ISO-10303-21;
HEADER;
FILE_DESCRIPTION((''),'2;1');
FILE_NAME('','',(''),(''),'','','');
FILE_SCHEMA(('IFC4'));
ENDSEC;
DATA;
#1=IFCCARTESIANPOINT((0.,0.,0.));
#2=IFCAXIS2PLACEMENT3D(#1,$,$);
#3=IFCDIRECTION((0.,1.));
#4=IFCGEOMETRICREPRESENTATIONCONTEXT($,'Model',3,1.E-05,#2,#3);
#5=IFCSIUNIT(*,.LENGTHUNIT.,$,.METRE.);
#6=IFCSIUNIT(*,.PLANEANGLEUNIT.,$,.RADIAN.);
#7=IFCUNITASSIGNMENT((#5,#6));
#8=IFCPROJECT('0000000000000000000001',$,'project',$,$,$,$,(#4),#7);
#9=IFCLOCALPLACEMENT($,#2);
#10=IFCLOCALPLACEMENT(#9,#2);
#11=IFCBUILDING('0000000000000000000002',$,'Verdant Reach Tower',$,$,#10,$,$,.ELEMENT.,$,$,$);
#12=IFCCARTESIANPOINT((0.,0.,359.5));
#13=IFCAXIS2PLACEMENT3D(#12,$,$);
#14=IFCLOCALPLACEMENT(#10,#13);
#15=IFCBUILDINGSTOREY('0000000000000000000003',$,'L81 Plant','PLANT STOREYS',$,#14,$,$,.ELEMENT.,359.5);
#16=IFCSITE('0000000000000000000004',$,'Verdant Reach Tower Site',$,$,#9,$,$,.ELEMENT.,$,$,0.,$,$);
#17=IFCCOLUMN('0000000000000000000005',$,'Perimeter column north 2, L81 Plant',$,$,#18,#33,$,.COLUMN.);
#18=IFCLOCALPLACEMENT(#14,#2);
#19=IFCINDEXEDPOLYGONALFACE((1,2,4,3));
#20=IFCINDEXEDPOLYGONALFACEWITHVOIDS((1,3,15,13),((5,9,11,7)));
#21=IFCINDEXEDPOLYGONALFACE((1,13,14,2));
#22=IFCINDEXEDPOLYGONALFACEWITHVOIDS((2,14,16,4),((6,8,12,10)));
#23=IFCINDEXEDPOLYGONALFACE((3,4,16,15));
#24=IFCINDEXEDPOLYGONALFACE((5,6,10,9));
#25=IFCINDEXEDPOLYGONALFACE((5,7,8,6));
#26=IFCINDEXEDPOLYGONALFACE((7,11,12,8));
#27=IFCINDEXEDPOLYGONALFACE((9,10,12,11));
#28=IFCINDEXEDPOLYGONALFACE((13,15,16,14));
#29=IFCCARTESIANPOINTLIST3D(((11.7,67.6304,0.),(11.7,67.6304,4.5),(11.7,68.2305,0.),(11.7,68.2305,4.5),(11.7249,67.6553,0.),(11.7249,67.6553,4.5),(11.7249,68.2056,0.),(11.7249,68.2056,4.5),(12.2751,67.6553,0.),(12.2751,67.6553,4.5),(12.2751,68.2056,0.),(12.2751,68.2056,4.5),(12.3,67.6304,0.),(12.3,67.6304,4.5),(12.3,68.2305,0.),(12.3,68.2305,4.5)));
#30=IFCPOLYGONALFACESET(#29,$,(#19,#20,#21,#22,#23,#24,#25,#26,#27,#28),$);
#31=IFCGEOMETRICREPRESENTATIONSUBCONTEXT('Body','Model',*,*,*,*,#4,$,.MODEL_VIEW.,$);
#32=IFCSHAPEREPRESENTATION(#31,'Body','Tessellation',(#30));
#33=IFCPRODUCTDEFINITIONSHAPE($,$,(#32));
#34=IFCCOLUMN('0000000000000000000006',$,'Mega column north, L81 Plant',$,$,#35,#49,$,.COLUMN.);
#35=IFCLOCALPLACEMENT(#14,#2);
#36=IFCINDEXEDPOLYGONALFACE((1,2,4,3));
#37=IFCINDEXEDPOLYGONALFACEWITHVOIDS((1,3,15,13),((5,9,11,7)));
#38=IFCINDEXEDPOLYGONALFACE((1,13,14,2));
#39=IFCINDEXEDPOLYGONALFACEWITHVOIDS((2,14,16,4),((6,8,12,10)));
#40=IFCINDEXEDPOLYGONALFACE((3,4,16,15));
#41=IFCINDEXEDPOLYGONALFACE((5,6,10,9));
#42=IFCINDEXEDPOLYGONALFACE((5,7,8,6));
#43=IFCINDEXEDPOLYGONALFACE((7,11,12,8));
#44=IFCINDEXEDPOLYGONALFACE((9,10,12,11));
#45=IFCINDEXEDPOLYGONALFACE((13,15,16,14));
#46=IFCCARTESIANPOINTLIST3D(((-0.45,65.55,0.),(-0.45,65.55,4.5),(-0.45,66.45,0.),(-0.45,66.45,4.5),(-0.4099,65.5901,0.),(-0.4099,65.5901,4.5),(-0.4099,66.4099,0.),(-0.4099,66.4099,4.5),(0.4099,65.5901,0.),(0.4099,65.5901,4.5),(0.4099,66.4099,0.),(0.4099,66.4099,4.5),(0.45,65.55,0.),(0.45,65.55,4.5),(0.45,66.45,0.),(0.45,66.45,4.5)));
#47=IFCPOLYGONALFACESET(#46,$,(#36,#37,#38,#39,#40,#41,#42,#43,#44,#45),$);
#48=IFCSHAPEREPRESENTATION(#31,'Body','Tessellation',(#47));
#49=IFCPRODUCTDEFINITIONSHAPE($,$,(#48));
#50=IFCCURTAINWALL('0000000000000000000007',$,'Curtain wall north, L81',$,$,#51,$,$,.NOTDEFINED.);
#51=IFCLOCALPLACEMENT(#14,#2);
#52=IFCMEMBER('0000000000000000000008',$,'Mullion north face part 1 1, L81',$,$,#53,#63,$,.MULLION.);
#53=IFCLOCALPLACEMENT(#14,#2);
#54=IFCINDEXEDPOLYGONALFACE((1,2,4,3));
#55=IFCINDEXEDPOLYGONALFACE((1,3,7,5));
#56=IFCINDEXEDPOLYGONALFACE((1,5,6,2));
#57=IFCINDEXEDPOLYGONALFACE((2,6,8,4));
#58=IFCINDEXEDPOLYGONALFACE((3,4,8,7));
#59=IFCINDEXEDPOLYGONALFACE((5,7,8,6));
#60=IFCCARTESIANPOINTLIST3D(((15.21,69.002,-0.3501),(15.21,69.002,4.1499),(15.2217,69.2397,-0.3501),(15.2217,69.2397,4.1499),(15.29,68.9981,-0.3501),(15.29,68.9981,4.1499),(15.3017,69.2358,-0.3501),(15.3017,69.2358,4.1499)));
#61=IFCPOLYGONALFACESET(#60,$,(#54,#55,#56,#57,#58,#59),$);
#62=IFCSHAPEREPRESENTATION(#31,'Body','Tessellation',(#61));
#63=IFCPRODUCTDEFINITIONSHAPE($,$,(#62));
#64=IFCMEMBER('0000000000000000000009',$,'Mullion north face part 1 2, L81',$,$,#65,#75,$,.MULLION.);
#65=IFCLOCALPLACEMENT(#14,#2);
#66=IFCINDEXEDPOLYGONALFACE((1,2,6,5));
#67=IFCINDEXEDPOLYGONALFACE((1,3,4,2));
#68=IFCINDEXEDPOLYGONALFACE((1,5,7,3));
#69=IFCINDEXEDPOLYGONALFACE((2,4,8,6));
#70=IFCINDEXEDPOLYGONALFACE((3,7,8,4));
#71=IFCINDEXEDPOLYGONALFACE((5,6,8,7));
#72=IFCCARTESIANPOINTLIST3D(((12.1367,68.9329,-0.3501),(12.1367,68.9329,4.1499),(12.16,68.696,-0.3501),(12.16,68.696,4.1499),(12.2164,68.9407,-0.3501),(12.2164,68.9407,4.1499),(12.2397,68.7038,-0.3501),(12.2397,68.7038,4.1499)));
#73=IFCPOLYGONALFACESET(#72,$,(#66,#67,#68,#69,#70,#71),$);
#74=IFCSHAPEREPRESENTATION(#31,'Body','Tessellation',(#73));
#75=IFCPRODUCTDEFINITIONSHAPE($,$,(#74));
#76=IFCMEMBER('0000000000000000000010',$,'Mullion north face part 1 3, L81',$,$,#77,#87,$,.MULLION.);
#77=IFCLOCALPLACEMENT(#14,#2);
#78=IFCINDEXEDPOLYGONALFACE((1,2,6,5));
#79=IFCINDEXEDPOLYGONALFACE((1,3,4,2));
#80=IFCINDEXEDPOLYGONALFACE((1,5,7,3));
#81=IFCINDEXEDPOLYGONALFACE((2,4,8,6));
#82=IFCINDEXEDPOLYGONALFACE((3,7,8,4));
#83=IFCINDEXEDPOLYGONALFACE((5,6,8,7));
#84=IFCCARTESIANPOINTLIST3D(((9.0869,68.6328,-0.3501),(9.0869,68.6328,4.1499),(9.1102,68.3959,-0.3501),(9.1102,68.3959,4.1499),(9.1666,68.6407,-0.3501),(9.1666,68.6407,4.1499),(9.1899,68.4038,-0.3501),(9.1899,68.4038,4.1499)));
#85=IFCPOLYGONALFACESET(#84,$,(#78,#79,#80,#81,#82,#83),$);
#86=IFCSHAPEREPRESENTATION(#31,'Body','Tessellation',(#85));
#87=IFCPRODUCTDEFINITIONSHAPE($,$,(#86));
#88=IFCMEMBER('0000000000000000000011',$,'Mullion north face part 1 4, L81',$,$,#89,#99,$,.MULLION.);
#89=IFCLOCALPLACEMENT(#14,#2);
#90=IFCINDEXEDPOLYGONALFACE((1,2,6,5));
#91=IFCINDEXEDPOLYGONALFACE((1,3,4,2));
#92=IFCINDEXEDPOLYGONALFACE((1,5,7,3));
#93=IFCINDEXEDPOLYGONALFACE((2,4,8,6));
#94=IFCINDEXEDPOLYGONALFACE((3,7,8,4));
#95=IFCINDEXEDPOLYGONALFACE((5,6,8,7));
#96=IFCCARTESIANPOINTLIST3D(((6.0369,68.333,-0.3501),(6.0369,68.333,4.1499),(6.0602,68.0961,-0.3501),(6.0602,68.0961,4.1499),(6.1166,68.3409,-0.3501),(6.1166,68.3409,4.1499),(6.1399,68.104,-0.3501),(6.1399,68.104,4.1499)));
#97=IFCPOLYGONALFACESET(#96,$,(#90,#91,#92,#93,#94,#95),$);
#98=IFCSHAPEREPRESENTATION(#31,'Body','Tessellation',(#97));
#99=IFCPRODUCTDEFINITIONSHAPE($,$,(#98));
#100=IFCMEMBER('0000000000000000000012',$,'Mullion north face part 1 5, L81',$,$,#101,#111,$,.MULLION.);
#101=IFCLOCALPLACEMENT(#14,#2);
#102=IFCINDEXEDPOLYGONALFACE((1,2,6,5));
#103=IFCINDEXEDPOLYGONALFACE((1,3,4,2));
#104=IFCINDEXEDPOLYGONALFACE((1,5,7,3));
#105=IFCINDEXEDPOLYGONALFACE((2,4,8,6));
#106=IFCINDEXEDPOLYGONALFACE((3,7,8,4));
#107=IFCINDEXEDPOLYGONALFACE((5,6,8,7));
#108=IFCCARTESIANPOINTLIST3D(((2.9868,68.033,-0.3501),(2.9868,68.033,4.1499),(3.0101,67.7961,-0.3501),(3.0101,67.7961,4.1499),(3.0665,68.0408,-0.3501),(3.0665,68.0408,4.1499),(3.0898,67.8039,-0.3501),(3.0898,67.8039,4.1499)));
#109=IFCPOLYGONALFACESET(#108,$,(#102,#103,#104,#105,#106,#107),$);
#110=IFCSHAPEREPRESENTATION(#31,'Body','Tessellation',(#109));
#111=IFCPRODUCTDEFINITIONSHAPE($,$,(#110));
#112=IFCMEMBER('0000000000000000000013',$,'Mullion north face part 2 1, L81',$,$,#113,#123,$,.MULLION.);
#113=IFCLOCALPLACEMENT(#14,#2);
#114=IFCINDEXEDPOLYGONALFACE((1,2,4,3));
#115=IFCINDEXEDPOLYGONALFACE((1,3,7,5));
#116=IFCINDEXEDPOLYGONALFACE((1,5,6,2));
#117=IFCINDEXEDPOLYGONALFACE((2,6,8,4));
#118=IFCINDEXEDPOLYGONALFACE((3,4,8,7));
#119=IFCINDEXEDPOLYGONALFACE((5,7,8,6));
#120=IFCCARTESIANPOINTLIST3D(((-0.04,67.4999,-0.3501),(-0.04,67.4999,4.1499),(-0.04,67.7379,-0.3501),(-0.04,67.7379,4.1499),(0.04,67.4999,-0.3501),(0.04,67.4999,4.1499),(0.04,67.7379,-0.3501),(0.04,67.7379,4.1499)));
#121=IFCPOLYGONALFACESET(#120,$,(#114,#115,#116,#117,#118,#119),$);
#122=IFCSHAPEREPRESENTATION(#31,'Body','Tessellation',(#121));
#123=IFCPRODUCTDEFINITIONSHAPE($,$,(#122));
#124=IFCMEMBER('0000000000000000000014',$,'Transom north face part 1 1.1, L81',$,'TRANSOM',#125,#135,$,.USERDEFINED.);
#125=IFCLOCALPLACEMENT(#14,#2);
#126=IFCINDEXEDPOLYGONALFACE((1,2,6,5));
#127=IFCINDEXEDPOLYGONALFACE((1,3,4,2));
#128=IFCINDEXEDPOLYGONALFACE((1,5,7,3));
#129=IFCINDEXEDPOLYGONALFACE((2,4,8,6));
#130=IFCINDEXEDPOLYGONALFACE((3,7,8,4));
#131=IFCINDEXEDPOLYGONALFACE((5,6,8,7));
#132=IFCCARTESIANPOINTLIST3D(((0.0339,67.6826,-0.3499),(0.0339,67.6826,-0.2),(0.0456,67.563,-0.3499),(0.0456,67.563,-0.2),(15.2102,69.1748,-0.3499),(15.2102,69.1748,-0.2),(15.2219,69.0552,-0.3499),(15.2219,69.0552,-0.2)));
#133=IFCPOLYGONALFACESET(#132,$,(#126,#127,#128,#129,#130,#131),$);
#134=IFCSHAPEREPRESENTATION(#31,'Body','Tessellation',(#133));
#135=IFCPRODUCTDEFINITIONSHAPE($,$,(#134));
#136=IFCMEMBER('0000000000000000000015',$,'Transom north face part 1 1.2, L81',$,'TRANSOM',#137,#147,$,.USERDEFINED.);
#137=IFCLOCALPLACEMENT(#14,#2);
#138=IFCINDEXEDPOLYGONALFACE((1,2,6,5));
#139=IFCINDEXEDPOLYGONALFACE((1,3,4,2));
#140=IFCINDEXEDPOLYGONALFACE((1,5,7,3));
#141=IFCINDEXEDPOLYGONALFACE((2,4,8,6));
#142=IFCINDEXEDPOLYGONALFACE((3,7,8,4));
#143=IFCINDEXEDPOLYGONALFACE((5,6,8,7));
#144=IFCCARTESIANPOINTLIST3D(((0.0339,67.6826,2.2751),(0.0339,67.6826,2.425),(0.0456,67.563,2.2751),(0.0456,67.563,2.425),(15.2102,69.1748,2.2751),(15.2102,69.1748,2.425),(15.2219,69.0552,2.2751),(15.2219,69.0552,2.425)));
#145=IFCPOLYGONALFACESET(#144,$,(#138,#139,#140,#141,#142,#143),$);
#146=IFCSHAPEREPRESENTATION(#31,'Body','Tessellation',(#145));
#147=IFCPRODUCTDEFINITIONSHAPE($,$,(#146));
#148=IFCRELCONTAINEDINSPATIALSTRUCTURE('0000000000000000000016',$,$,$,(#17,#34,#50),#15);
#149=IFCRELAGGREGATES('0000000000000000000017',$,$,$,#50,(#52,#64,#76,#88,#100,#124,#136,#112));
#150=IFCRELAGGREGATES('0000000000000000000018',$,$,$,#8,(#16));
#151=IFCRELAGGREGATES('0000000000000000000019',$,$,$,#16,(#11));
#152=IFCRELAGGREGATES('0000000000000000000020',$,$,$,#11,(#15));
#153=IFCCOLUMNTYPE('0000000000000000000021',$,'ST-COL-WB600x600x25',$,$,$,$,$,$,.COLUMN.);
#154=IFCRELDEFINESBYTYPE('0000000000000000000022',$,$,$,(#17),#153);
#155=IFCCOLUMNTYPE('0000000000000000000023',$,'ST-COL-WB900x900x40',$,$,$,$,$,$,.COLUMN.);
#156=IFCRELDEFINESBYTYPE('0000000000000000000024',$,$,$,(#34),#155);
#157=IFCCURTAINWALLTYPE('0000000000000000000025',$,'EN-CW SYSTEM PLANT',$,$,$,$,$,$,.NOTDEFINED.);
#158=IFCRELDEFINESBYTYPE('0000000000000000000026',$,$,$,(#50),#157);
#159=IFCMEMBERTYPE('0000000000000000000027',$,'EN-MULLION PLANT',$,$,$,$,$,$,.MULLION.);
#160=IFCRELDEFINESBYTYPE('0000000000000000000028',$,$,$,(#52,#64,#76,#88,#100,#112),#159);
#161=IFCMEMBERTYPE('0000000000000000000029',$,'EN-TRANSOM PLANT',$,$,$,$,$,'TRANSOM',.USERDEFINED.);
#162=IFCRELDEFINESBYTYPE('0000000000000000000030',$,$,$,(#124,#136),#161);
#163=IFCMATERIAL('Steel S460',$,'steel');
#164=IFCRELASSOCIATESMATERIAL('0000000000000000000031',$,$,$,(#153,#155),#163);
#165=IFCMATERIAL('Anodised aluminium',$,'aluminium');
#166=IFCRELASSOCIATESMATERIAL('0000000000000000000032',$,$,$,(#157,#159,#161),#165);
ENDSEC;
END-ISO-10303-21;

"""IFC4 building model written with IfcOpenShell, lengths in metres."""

from ifc_helpers import new_model, si_unit, direction, frame, origin, origin_2d, place, context, subcontext, project, spatial, rectangle, hollow_rectangle, extrude, material, material_profile, profile_set, type_object, element, aggregate, save


model = new_model("IFC4")

# Units and contexts
model_context = context("Model", 3, precision=1e-05, world=origin(), true_north=direction((0.0, 1.0)))
body_context = subcontext(model_context, "Body", "Model", "MODEL_VIEW")
ifc_project = project(units=[si_unit("LENGTHUNIT", "METRE"), si_unit("PLANEANGLEUNIT", "RADIAN")], contexts=[model_context])

# Site, building, storey
site_placement = place(None, origin())
site = spatial("IfcSite", under=ifc_project, at=site_placement, Name="Verdant Reach Tower Site", CompositionType="ELEMENT", RefElevation=0.0)
building_placement = place(site_placement, origin())
building = spatial("IfcBuilding", under=site, at=building_placement, Name="Verdant Reach Tower", CompositionType="ELEMENT")
storey_placement = place(building_placement, frame((0.0, 0.0, 359.5)))
storey = spatial("IfcBuildingStorey", under=building, at=storey_placement, Name="L81 Plant", Description="PLANT STOREYS", CompositionType="ELEMENT", Elevation=359.5)

# Columns
ifc_material_1 = material(Name="Steel S460", Category="steel")
ifc_material_profile_1 = material_profile(ifc_material_1, hollow_rectangle(XDim=0.6001, YDim=0.6001, WallThickness=0.0249, at=origin_2d()), Name="WB 600x600x25")
ifc_profile_set_1 = profile_set([ifc_material_profile_1], Name="Steel S460")
column_type_1 = type_object("IfcColumnType", Name="ST-COL-WB600x600x25", PredefinedType="COLUMN", material=ifc_profile_set_1)
column_1_placement = place(storey_placement, frame((12.0, 67.9304, 0.0), z_axis=(0.0, 0.0, 1.0), x_axis=(1.0, 0.0, 0.0)))
element("IfcColumn", 1, at=column_1_placement, inside=storey, type_object=column_type_1, Name="Perimeter column north 2, L81 Plant", PredefinedType="COLUMN", context=body_context, shape_type="SweptSolid", body=[
    extrude(hollow_rectangle(XDim=0.6001, YDim=0.6001, WallThickness=0.0249, at=origin_2d()), origin(), (0.0, 0.0, 1.0), 4.5),
])
ifc_material_profile_2 = material_profile(ifc_material_1, hollow_rectangle(XDim=0.8999, YDim=0.8999, WallThickness=0.04, at=origin_2d()), Name="WB 900x900x40")
ifc_profile_set_2 = profile_set([ifc_material_profile_2], Name="Steel S460")
column_type_2 = type_object("IfcColumnType", Name="ST-COL-WB900x900x40", PredefinedType="COLUMN", material=ifc_profile_set_2)
column_2_placement = place(storey_placement, frame((0.0, 66.0, 0.0), z_axis=(0.0, 0.0, 1.0), x_axis=(1.0, 0.0, 0.0)))
element("IfcColumn", 2, at=column_2_placement, inside=storey, type_object=column_type_2, Name="Mega column north, L81 Plant", PredefinedType="COLUMN", context=body_context, shape_type="SweptSolid", body=[
    extrude(hollow_rectangle(XDim=0.8999, YDim=0.8999, WallThickness=0.04, at=origin_2d()), origin(), (0.0, 0.0, 1.0), 4.5),
])

# Curtain wall, members
ifc_material_2 = material(Name="Anodised aluminium", Category="aluminium")
curtain_wall_type = type_object("IfcCurtainWallType", Name="EN-CW SYSTEM PLANT", PredefinedType="NOTDEFINED", material=ifc_material_2)
curtain_wall_1_placement = place(storey_placement, origin())
curtain_wall_1 = element("IfcCurtainWall", 3, at=curtain_wall_1_placement, inside=storey, type_object=curtain_wall_type, Name="Curtain wall north, L81", PredefinedType="NOTDEFINED")
ifc_material_profile_3 = material_profile(ifc_material_2, rectangle(XDim=0.238, YDim=0.0801, at=origin_2d()), Name="Mullion 80x240")
ifc_profile_set_3 = profile_set([ifc_material_profile_3], Name="Anodised aluminium")
member_type_1 = type_object("IfcMemberType", Name="EN-MULLION PLANT", PredefinedType="MULLION", material=ifc_profile_set_3)
member_1_placement = place(storey_placement, frame((15.2559, 69.1189, -0.3501), z_axis=(0.0, 0.0, 1.0), x_axis=(0.049128, 0.998793, 0.0)))
member_1 = element("IfcMember", 4, at=member_1_placement, type_object=member_type_1, Name="Mullion north face part 1 1, L81", PredefinedType="MULLION", context=body_context, shape_type="SweptSolid", body=[
    extrude(rectangle(XDim=0.238, YDim=0.0801, at=origin_2d()), origin(), (0.0, 0.0, 1.0), 4.5),
])
member_2_placement = place(storey_placement, frame((12.1882, 68.8184, -0.3501), z_axis=(0.0, 0.0, 1.0), x_axis=(-0.097888, 0.995197, 0.0)))
member_2 = element("IfcMember", 5, at=member_2_placement, type_object=member_type_1, Name="Mullion north face part 1 2, L81", PredefinedType="MULLION", context=body_context, shape_type="SweptSolid", body=[
    extrude(rectangle(XDim=0.238, YDim=0.0801, at=origin_2d()), origin(), (0.0, 0.0, 1.0), 4.5),
])
member_3_placement = place(storey_placement, frame((9.1384, 68.5183, -0.3501), z_axis=(0.0, 0.0, 1.0), x_axis=(-0.097888, 0.995197, 0.0)))
member_3 = element("IfcMember", 6, at=member_3_placement, type_object=member_type_1, Name="Mullion north face part 1 3, L81", PredefinedType="MULLION", context=body_context, shape_type="SweptSolid", body=[
    extrude(rectangle(XDim=0.238, YDim=0.0801, at=origin_2d()), origin(), (0.0, 0.0, 1.0), 4.5),
])
member_4_placement = place(storey_placement, frame((6.0884, 68.2185, -0.3501), z_axis=(0.0, 0.0, 1.0), x_axis=(-0.097888, 0.995197, 0.0)))
member_4 = element("IfcMember", 7, at=member_4_placement, type_object=member_type_1, Name="Mullion north face part 1 4, L81", PredefinedType="MULLION", context=body_context, shape_type="SweptSolid", body=[
    extrude(rectangle(XDim=0.238, YDim=0.0801, at=origin_2d()), origin(), (0.0, 0.0, 1.0), 4.5),
])
member_5_placement = place(storey_placement, frame((3.0383, 67.9185, -0.3501), z_axis=(0.0, 0.0, 1.0), x_axis=(-0.097888, 0.995197, 0.0)))
member_5 = element("IfcMember", 8, at=member_5_placement, type_object=member_type_1, Name="Mullion north face part 1 5, L81", PredefinedType="MULLION", context=body_context, shape_type="SweptSolid", body=[
    extrude(rectangle(XDim=0.238, YDim=0.0801, at=origin_2d()), origin(), (0.0, 0.0, 1.0), 4.5),
])
member_6_placement = place(storey_placement, frame((0.0, 67.6189, -0.3501), z_axis=(0.0, 0.0, 1.0), x_axis=(0.0, 1.0, 0.0)))
member_6 = element("IfcMember", 9, at=member_6_placement, type_object=member_type_1, Name="Mullion north face part 2 1, L81", PredefinedType="MULLION", context=body_context, shape_type="SweptSolid", body=[
    extrude(rectangle(XDim=0.238, YDim=0.0801, at=origin_2d()), origin(), (0.0, 0.0, 1.0), 4.5),
])
ifc_material_profile_4 = material_profile(ifc_material_2, rectangle(XDim=0.1201, YDim=0.1499, at=origin_2d()), Name="Transom 150x120")
ifc_profile_set_4 = profile_set([ifc_material_profile_4], Name="Anodised aluminium")
member_type_2 = type_object("IfcMemberType", Name="EN-TRANSOM PLANT", ElementType="TRANSOM", PredefinedType="USERDEFINED", material=ifc_profile_set_4)
member_7_placement = place(storey_placement, frame((15.2161, 69.115, -0.2749), z_axis=(-0.995201, -0.097852, 0.0), x_axis=(0.097852, -0.995201, 0.0)))
member_7 = element("IfcMember", 10, at=member_7_placement, type_object=member_type_2, Name="Transom north face part 1 1.1, L81", ObjectType="TRANSOM", PredefinedType="USERDEFINED", context=body_context, shape_type="SweptSolid", body=[
    extrude(rectangle(XDim=0.1201, YDim=0.1499, at=origin_2d()), origin(), (0.0, 0.0, 1.0), 15.2495),
])
member_8_placement = place(storey_placement, frame((15.2161, 69.115, 2.3501), z_axis=(-0.995201, -0.097852, 0.0), x_axis=(0.097852, -0.995201, 0.0)))
member_8 = element("IfcMember", 11, at=member_8_placement, type_object=member_type_2, Name="Transom north face part 1 1.2, L81", ObjectType="TRANSOM", PredefinedType="USERDEFINED", context=body_context, shape_type="SweptSolid", body=[
    extrude(rectangle(XDim=0.1201, YDim=0.1499, at=origin_2d()), origin(), (0.0, 0.0, 1.0), 15.2495),
])

aggregate(curtain_wall_1, [member_1, member_2, member_3, member_4, member_5, member_7, member_8, member_6])

save(model, "model.ifc")
